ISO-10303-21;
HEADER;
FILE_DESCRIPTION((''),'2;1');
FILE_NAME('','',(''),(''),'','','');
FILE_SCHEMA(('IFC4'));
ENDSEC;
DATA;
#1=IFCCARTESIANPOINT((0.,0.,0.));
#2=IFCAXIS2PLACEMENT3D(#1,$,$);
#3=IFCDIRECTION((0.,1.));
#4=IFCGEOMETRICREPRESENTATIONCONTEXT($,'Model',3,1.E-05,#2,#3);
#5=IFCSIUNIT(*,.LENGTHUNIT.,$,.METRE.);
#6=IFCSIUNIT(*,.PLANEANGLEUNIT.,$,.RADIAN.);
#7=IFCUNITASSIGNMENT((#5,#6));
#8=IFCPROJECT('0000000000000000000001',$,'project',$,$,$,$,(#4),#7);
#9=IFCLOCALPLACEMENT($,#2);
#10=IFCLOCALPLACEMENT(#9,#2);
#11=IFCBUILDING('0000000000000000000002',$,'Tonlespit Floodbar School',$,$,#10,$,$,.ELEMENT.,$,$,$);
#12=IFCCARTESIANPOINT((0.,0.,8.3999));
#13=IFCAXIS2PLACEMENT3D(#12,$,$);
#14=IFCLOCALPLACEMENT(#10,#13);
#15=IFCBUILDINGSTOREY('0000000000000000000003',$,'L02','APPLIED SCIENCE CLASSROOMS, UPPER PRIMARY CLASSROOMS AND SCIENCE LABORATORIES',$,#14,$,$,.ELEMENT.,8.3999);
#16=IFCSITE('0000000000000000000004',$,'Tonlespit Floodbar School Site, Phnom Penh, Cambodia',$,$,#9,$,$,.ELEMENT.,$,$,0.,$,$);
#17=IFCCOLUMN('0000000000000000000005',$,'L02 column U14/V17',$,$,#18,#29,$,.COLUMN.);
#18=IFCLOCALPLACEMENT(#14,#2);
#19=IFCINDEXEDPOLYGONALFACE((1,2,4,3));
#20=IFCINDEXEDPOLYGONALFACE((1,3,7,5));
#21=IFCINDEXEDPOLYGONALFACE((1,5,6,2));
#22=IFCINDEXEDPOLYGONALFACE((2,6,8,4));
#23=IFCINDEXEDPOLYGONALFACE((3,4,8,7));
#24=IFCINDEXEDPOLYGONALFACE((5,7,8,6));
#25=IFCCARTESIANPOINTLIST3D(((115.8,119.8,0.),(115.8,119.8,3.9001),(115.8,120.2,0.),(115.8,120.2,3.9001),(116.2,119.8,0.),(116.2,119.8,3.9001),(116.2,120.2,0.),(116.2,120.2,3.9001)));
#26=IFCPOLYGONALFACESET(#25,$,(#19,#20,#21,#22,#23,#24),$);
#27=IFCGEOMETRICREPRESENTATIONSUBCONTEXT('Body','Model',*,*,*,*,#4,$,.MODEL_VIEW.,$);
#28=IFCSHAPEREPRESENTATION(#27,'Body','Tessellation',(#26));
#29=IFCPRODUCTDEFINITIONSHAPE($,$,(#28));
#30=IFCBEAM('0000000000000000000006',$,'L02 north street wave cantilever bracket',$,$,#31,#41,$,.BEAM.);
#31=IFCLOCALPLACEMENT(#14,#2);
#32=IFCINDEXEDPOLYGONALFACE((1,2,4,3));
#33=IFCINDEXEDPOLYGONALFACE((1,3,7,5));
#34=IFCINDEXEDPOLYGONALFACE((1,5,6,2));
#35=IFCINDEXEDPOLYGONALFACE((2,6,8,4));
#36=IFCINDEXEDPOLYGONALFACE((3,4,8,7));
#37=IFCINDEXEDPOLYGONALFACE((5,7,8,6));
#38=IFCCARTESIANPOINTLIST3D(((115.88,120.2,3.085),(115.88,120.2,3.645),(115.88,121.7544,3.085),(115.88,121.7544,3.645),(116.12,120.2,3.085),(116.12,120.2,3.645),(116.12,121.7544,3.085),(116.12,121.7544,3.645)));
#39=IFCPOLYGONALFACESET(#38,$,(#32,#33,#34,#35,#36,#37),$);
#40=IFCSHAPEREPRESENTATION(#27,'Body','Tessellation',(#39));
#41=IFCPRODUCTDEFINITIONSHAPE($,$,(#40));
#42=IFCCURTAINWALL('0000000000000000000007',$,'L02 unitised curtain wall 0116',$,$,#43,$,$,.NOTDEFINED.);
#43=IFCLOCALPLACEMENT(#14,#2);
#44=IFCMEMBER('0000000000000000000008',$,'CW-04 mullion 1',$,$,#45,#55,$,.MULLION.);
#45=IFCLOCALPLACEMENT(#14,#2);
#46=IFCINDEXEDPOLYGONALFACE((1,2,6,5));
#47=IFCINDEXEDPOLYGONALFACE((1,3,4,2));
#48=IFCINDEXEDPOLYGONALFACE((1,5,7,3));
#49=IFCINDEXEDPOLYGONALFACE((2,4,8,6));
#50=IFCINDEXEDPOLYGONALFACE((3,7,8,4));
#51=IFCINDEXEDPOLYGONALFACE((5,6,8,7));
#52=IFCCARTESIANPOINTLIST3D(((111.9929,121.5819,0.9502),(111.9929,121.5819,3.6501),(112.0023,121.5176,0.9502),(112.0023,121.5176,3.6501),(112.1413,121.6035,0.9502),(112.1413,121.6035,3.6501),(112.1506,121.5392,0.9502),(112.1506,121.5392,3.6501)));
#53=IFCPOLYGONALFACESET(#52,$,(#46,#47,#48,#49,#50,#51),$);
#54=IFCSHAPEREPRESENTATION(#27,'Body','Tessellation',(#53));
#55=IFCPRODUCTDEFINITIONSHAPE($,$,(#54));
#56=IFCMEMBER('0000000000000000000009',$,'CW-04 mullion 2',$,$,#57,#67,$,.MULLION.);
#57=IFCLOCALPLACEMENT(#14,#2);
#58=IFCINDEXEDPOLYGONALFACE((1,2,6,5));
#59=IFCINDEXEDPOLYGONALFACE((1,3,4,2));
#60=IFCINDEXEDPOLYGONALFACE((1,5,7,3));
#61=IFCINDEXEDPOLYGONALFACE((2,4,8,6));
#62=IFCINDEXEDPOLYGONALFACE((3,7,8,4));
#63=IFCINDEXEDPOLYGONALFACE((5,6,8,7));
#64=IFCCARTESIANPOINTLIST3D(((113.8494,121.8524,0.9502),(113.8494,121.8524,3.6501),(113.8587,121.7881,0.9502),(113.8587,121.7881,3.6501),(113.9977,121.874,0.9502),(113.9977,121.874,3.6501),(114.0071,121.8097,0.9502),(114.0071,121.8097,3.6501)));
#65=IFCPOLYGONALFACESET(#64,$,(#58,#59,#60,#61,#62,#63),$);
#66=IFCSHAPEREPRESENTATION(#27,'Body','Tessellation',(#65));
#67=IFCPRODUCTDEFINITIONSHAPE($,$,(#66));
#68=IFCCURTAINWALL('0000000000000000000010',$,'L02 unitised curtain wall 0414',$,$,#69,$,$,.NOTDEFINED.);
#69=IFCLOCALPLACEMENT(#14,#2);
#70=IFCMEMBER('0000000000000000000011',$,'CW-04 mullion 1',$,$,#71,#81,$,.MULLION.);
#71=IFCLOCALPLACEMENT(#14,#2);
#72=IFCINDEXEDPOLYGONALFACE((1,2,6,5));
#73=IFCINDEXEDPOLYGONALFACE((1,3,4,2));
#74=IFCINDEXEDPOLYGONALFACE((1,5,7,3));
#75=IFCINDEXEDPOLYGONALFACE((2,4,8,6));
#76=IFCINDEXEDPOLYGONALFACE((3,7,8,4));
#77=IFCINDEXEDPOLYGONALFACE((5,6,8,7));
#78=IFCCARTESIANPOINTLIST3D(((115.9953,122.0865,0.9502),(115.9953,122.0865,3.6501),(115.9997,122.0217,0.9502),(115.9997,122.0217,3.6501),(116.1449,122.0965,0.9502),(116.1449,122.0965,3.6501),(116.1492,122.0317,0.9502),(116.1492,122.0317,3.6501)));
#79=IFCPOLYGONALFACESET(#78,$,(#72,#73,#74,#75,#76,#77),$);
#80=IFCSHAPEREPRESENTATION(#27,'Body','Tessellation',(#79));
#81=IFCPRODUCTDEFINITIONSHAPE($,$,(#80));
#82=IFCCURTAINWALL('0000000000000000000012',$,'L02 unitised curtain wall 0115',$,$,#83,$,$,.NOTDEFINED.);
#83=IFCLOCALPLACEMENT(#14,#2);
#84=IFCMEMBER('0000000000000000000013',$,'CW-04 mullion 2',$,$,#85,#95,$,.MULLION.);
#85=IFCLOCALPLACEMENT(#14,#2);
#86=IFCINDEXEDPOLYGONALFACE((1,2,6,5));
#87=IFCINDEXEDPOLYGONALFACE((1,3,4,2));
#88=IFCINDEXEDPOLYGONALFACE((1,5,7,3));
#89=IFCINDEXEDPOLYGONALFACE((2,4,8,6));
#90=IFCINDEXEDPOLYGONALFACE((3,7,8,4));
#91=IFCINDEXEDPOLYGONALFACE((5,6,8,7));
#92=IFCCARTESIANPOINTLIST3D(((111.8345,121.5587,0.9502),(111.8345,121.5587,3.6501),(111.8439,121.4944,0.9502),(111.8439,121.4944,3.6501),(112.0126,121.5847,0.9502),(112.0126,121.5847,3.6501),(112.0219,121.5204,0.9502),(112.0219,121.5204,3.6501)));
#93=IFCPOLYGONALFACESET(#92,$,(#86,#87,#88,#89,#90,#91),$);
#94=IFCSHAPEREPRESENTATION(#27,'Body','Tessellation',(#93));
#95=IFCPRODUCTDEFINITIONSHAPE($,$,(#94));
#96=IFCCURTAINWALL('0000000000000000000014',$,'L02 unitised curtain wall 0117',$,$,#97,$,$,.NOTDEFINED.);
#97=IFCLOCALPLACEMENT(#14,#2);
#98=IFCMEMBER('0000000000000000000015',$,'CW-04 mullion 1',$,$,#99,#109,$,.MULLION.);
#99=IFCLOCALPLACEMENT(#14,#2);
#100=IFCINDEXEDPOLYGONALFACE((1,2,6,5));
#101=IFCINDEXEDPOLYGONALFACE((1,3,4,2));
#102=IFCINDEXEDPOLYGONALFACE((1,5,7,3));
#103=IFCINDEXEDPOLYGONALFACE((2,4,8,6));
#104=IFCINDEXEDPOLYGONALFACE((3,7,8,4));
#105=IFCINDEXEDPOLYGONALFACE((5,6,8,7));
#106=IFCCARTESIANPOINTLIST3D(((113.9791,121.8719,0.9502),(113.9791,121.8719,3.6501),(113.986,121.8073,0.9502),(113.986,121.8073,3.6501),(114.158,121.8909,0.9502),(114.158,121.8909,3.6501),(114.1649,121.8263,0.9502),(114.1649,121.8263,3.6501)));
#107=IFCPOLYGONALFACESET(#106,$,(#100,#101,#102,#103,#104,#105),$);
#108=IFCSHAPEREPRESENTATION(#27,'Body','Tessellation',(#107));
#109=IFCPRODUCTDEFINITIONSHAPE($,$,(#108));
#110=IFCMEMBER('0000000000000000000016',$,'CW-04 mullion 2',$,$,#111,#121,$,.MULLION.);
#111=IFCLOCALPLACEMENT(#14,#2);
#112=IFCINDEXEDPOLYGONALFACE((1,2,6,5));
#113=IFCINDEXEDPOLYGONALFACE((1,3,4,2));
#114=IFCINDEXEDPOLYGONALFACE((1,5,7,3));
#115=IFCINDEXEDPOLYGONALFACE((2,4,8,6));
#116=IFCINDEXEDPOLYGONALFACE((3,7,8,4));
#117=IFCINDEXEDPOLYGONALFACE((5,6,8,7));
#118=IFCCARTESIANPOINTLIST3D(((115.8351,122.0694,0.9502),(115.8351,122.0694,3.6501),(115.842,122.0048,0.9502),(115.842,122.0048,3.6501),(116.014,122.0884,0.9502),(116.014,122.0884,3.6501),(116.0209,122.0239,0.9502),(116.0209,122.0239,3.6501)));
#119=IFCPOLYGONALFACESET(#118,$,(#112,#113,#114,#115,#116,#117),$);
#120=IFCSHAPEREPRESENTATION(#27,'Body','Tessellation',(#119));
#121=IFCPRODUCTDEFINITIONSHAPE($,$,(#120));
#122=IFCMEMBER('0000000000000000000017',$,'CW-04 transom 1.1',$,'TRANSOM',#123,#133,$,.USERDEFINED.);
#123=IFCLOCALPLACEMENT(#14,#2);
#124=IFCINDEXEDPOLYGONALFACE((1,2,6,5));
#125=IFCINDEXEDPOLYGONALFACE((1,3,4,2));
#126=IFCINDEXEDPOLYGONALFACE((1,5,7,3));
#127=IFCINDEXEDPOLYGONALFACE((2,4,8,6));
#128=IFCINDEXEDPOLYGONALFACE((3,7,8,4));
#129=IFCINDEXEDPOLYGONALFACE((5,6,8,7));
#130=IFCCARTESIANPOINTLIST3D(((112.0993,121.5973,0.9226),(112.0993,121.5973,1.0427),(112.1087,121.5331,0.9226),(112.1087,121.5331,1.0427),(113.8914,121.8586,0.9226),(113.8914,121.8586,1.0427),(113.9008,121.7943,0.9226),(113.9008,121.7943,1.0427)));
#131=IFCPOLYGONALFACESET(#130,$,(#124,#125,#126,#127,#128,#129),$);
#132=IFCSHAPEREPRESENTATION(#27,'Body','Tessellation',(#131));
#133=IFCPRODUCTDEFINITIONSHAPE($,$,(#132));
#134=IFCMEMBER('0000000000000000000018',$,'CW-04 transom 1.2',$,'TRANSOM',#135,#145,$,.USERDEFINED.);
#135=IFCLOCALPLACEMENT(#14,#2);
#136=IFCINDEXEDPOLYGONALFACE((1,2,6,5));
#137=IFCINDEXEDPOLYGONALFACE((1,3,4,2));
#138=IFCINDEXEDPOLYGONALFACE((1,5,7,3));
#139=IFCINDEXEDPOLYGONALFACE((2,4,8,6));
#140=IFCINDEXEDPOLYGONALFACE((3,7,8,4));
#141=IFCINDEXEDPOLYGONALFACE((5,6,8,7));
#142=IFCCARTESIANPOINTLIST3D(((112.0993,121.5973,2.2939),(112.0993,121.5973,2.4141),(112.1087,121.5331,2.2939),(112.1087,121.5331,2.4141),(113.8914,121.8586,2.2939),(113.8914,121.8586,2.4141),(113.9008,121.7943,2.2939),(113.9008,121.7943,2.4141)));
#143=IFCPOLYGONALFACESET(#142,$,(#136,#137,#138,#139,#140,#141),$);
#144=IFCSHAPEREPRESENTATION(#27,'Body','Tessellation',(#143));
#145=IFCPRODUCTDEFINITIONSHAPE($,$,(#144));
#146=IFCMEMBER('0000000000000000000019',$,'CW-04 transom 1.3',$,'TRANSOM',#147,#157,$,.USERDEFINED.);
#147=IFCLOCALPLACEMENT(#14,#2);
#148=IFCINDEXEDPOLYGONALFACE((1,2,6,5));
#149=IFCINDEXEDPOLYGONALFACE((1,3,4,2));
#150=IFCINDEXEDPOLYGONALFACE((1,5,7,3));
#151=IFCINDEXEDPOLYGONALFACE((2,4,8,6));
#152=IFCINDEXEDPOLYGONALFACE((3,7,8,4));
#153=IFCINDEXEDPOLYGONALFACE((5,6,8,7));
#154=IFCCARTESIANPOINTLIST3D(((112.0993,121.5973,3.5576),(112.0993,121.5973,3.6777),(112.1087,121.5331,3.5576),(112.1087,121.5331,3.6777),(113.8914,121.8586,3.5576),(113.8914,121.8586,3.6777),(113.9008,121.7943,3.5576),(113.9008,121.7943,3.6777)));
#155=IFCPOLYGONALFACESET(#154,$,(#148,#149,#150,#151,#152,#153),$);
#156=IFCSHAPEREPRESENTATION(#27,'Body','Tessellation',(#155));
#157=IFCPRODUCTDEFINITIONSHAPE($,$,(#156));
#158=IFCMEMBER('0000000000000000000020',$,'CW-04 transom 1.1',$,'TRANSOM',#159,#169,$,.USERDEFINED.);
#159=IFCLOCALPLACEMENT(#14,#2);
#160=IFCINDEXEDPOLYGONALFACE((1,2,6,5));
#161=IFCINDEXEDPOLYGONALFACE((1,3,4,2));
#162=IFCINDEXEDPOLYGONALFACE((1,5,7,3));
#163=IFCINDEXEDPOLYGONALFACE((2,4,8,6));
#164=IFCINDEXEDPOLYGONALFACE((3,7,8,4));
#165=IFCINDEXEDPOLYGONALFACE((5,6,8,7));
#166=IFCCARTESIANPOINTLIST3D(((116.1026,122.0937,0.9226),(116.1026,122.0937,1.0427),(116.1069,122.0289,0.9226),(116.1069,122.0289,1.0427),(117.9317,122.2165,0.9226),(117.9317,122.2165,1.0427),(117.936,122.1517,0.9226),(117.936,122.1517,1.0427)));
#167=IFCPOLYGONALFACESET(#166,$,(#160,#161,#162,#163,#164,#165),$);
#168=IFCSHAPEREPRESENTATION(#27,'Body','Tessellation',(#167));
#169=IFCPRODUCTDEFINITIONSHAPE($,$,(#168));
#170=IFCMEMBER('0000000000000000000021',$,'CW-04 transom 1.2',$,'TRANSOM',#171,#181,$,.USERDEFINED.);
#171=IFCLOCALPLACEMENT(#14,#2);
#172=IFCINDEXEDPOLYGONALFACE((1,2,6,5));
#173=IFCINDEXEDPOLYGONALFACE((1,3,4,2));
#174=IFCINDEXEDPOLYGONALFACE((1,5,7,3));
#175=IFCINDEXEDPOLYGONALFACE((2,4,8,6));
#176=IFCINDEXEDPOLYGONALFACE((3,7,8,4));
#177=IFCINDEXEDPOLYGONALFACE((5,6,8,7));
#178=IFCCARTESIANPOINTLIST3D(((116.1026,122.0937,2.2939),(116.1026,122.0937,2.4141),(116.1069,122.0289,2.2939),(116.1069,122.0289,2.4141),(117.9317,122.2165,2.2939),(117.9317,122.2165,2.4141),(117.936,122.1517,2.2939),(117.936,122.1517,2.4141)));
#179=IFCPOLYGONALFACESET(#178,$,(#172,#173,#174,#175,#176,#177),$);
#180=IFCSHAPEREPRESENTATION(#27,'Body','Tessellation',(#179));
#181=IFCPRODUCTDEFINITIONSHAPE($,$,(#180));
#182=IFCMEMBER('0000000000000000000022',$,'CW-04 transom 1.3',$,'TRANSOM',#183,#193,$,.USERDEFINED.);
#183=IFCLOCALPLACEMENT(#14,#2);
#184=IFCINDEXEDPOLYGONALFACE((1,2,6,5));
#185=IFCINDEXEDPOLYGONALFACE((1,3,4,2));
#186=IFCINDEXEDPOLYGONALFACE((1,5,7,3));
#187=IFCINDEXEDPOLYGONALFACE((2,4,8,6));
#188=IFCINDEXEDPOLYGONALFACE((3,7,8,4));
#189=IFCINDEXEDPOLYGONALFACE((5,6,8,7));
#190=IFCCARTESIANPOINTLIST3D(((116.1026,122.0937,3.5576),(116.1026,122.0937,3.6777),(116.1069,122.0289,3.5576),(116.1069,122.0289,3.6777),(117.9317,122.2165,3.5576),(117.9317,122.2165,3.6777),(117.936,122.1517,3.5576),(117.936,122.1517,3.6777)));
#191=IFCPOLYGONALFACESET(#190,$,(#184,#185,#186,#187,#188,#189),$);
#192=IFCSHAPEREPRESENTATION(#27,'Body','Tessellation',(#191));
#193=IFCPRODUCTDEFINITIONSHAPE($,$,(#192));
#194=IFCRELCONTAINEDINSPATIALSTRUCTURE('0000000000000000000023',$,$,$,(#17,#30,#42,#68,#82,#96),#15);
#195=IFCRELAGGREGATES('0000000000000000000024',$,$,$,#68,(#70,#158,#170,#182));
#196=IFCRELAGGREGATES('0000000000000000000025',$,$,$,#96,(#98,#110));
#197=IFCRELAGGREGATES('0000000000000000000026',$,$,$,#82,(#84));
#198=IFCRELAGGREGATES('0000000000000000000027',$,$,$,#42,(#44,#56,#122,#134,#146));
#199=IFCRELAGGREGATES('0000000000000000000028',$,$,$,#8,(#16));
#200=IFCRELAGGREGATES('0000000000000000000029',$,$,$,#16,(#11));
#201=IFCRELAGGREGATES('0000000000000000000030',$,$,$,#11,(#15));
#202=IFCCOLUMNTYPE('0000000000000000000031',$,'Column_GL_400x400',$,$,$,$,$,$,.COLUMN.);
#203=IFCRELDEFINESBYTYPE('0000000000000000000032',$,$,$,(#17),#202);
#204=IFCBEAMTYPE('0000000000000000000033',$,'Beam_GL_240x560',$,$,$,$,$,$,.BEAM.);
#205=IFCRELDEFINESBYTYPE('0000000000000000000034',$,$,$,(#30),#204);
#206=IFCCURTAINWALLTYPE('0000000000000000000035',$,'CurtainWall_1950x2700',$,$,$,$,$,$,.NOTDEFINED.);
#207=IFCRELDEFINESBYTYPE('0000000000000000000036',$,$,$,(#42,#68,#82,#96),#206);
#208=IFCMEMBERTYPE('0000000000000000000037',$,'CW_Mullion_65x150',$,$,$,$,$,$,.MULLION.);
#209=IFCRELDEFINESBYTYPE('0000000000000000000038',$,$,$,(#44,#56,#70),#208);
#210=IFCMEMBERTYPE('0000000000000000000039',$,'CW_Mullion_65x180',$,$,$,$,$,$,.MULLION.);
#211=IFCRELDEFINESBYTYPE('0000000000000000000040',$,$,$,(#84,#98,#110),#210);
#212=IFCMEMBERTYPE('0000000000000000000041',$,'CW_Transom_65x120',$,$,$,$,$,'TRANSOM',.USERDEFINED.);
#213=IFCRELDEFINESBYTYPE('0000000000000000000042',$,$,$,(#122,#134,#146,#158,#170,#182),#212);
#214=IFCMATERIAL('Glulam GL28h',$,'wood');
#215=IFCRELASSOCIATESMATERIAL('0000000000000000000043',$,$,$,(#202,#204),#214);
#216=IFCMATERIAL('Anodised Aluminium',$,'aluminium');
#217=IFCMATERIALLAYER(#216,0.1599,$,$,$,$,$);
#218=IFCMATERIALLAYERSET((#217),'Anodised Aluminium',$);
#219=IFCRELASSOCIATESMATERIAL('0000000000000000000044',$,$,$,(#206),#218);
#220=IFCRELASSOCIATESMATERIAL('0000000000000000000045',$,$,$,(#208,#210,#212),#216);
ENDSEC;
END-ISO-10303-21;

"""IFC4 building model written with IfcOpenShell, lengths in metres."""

from ifc_helpers import new_model, si_unit, direction, frame, origin, origin_2d, place, context, subcontext, project, spatial, rectangle, extrude, material, layer, layer_set, material_profile, profile_set, type_object, element, aggregate, save


model = new_model("IFC4")

# Units and contexts
model_context = context("Model", 3, precision=1e-05, world=origin(), true_north=direction((0.0, 1.0)))
body_context = subcontext(model_context, "Body", "Model", "MODEL_VIEW")
ifc_project = project(units=[si_unit("LENGTHUNIT", "METRE"), si_unit("PLANEANGLEUNIT", "RADIAN")], contexts=[model_context])

# Site, building, storey
site_placement = place(None, origin())
site = spatial("IfcSite", under=ifc_project, at=site_placement, Name="Tonlespit Floodbar School Site, Phnom Penh, Cambodia", CompositionType="ELEMENT", RefElevation=0.0)
building_placement = place(site_placement, origin())
building = spatial("IfcBuilding", under=site, at=building_placement, Name="Tonlespit Floodbar School", CompositionType="ELEMENT")
storey_placement = place(building_placement, frame((0.0, 0.0, 8.3999)))
storey = spatial("IfcBuildingStorey", under=building, at=storey_placement, Name="L02", Description="APPLIED SCIENCE CLASSROOMS, UPPER PRIMARY CLASSROOMS AND SCIENCE LABORATORIES", CompositionType="ELEMENT", Elevation=8.3999)

# Column
ifc_material_1 = material(Name="Glulam GL28h", Category="wood")
ifc_material_profile_1 = material_profile(ifc_material_1, rectangle(XDim=0.3999, YDim=0.3999, at=origin_2d()), Name="GL 400x400")
ifc_profile_set_1 = profile_set([ifc_material_profile_1], Name="Glulam GL28h")
column_type = type_object("IfcColumnType", Name="Column_GL_400x400", PredefinedType="COLUMN", material=ifc_profile_set_1)
column_placement = place(storey_placement, frame((116.0, 120.0, 0.0), z_axis=(0.0, 0.0, 1.0), x_axis=(1.0, 0.0, 0.0)))
element("IfcColumn", 1, at=column_placement, inside=storey, type_object=column_type, Name="L02 column U14/V17", PredefinedType="COLUMN", context=body_context, shape_type="SweptSolid", body=[
    extrude(rectangle(XDim=0.3999, YDim=0.3999, at=origin_2d()), origin(), (0.0, 0.0, 1.0), 3.9001),
])

# Beam
ifc_material_profile_2 = material_profile(ifc_material_1, rectangle(XDim=0.24, YDim=0.5601, at=origin_2d()), Name="GL 240x560")
ifc_profile_set_2 = profile_set([ifc_material_profile_2], Name="Glulam GL28h")
beam_type_1 = type_object("IfcBeamType", Name="Beam_GL_240x560", PredefinedType="BEAM", material=ifc_profile_set_2)
beam_1_placement = place(storey_placement, frame((116.0, 120.2, 3.365), z_axis=(0.0, 1.0, 0.0), x_axis=(-1.0, 0.0, 0.0)))
element("IfcBeam", 2, at=beam_1_placement, inside=storey, type_object=beam_type_1, Name="L02 north street wave cantilever bracket", PredefinedType="BEAM", context=body_context, shape_type="SweptSolid", body=[
    extrude(rectangle(XDim=0.24, YDim=0.5601, at=origin_2d()), origin(), (0.0, 0.0, 1.0), 1.5544),
])

# Curtain wall, members
ifc_material_2 = material(Name="Anodised Aluminium", Category="aluminium")
ifc_layer_1 = layer(ifc_material_2, 0.1599)
ifc_layer_set_1 = layer_set([ifc_layer_1], Name="Anodised Aluminium")
curtain_wall_type = type_object("IfcCurtainWallType", Name="CurtainWall_1950x2700", PredefinedType="NOTDEFINED", material=ifc_layer_set_1)
curtain_wall_1_placement = place(storey_placement, origin())
curtain_wall_1 = element("IfcCurtainWall", 3, at=curtain_wall_1_placement, inside=storey, type_object=curtain_wall_type, Name="L02 unitised curtain wall 0116", PredefinedType="NOTDEFINED")
ifc_material_profile_3 = material_profile(ifc_material_2, rectangle(XDim=0.0649, YDim=0.1499, at=origin_2d()), Name="ALU M65x150")
ifc_profile_set_3 = profile_set([ifc_material_profile_3], Name="Anodised Aluminium")
member_type_1 = type_object("IfcMemberType", Name="CW_Mullion_65x150", PredefinedType="MULLION", material=ifc_profile_set_3)
member_1_placement = place(storey_placement, frame((112.0718, 121.5605, 0.9502), z_axis=(0.0, 0.0, 1.0), x_axis=(-0.144248, 0.989542, 0.0)))
member_1 = element("IfcMember", 4, at=member_1_placement, type_object=member_type_1, Name="CW-04 mullion 1", PredefinedType="MULLION", context=body_context, shape_type="SweptSolid", body=[
    extrude(rectangle(XDim=0.0649, YDim=0.1499, at=origin_2d()), origin(), (0.0, 0.0, 1.0), 2.7),
])
member_2_placement = place(storey_placement, frame((113.9282, 121.8311, 0.9502), z_axis=(0.0, 0.0, 1.0), x_axis=(-0.144248, 0.989542, 0.0)))
member_2 = element("IfcMember", 5, at=member_2_placement, type_object=member_type_1, Name="CW-04 mullion 2", PredefinedType="MULLION", context=body_context, shape_type="SweptSolid", body=[
    extrude(rectangle(XDim=0.0649, YDim=0.1499, at=origin_2d()), origin(), (0.0, 0.0, 1.0), 2.7),
])

# Curtain walls, members
curtain_wall_2_placement = place(storey_placement, origin())
curtain_wall_2 = element("IfcCurtainWall", 6, at=curtain_wall_2_placement, inside=storey, type_object=curtain_wall_type, Name="L02 unitised curtain wall 0414", PredefinedType="NOTDEFINED")
member_3_placement = place(storey_placement, frame((116.0723, 122.0591, 0.9502), z_axis=(0.0, 0.0, 1.0), x_axis=(-0.066935, 0.997757, 0.0)))
member_3 = element("IfcMember", 7, at=member_3_placement, type_object=member_type_1, Name="CW-04 mullion 1", PredefinedType="MULLION", context=body_context, shape_type="SweptSolid", body=[
    extrude(rectangle(XDim=0.0649, YDim=0.1499, at=origin_2d()), origin(), (0.0, 0.0, 1.0), 2.7),
])
curtain_wall_3_placement = place(storey_placement, origin())
curtain_wall_3 = element("IfcCurtainWall", 8, at=curtain_wall_3_placement, inside=storey, type_object=curtain_wall_type, Name="L02 unitised curtain wall 0115", PredefinedType="NOTDEFINED")
ifc_material_profile_4 = material_profile(ifc_material_2, rectangle(XDim=0.0649, YDim=0.1799, at=origin_2d()), Name="ALU M65x180")
ifc_profile_set_4 = profile_set([ifc_material_profile_4], Name="Anodised Aluminium")
member_type_2 = type_object("IfcMemberType", Name="CW_Mullion_65x180", PredefinedType="MULLION", material=ifc_profile_set_4)
member_4_placement = place(storey_placement, frame((111.9282, 121.5396, 0.9502), z_axis=(0.0, 0.0, 1.0), x_axis=(-0.144248, 0.989542, 0.0)))
member_4 = element("IfcMember", 9, at=member_4_placement, type_object=member_type_2, Name="CW-04 mullion 2", PredefinedType="MULLION", context=body_context, shape_type="SweptSolid", body=[
    extrude(rectangle(XDim=0.0649, YDim=0.1799, at=origin_2d()), origin(), (0.0, 0.0, 1.0), 2.7),
])

# Curtain wall, members
curtain_wall_4_placement = place(storey_placement, origin())
curtain_wall_4 = element("IfcCurtainWall", 10, at=curtain_wall_4_placement, inside=storey, type_object=curtain_wall_type, Name="L02 unitised curtain wall 0117", PredefinedType="NOTDEFINED")
member_5_placement = place(storey_placement, frame((114.072, 121.8491, 0.9502), z_axis=(0.0, 0.0, 1.0), x_axis=(-0.105787, 0.994389, 0.0)))
member_5 = element("IfcMember", 11, at=member_5_placement, type_object=member_type_2, Name="CW-04 mullion 1", PredefinedType="MULLION", context=body_context, shape_type="SweptSolid", body=[
    extrude(rectangle(XDim=0.0649, YDim=0.1799, at=origin_2d()), origin(), (0.0, 0.0, 1.0), 2.7),
])
member_6_placement = place(storey_placement, frame((115.928, 122.0466, 0.9502), z_axis=(0.0, 0.0, 1.0), x_axis=(-0.105787, 0.994389, 0.0)))
member_6 = element("IfcMember", 12, at=member_6_placement, type_object=member_type_2, Name="CW-04 mullion 2", PredefinedType="MULLION", context=body_context, shape_type="SweptSolid", body=[
    extrude(rectangle(XDim=0.0649, YDim=0.1799, at=origin_2d()), origin(), (0.0, 0.0, 1.0), 2.7),
])

# Members
ifc_material_profile_5 = material_profile(ifc_material_2, rectangle(XDim=0.0649, YDim=0.1201, at=origin_2d()), Name="ALU T65x120")
ifc_profile_set_5 = profile_set([ifc_material_profile_5], Name="Anodised Aluminium")
member_type_3 = type_object("IfcMemberType", Name="CW_Transom_65x120", ElementType="TRANSOM", PredefinedType="USERDEFINED", material=ifc_profile_set_5)
member_7_placement = place(storey_placement, frame((112.104, 121.5652, 0.9827), z_axis=(0.989541, 0.144252, 0.0), x_axis=(-0.144252, 0.989541, 0.0)))
member_7 = element("IfcMember", 13, at=member_7_placement, type_object=member_type_3, Name="CW-04 transom 1.1", ObjectType="TRANSOM", PredefinedType="USERDEFINED", context=body_context, shape_type="SweptSolid", body=[
    extrude(rectangle(XDim=0.0649, YDim=0.1201, at=origin_2d()), origin(), (0.0, 0.0, 1.0), 1.811),
])
member_8_placement = place(storey_placement, frame((112.104, 121.5652, 2.354), z_axis=(0.989541, 0.144252, 0.0), x_axis=(-0.144252, 0.989541, 0.0)))
member_8 = element("IfcMember", 14, at=member_8_placement, type_object=member_type_3, Name="CW-04 transom 1.2", ObjectType="TRANSOM", PredefinedType="USERDEFINED", context=body_context, shape_type="SweptSolid", body=[
    extrude(rectangle(XDim=0.0649, YDim=0.1201, at=origin_2d()), origin(), (0.0, 0.0, 1.0), 1.811),
])
member_9_placement = place(storey_placement, frame((112.104, 121.5652, 3.6177), z_axis=(0.989541, 0.144252, 0.0), x_axis=(-0.144252, 0.989541, 0.0)))
member_9 = element("IfcMember", 15, at=member_9_placement, type_object=member_type_3, Name="CW-04 transom 1.3", ObjectType="TRANSOM", PredefinedType="USERDEFINED", context=body_context, shape_type="SweptSolid", body=[
    extrude(rectangle(XDim=0.0649, YDim=0.1201, at=origin_2d()), origin(), (0.0, 0.0, 1.0), 1.811),
])
member_10_placement = place(storey_placement, frame((116.1047, 122.0613, 0.9827), z_axis=(0.997754, 0.066987, 0.0), x_axis=(-0.066987, 0.997754, 0.0)))
member_10 = element("IfcMember", 16, at=member_10_placement, type_object=member_type_3, Name="CW-04 transom 1.1", ObjectType="TRANSOM", PredefinedType="USERDEFINED", context=body_context, shape_type="SweptSolid", body=[
    extrude(rectangle(XDim=0.0649, YDim=0.1201, at=origin_2d()), origin(), (0.0, 0.0, 1.0), 1.8333),
])
member_11_placement = place(storey_placement, frame((116.1047, 122.0613, 2.354), z_axis=(0.997754, 0.066987, 0.0), x_axis=(-0.066987, 0.997754, 0.0)))
member_11 = element("IfcMember", 17, at=member_11_placement, type_object=member_type_3, Name="CW-04 transom 1.2", ObjectType="TRANSOM", PredefinedType="USERDEFINED", context=body_context, shape_type="SweptSolid", body=[
    extrude(rectangle(XDim=0.0649, YDim=0.1201, at=origin_2d()), origin(), (0.0, 0.0, 1.0), 1.8333),
])
member_12_placement = place(storey_placement, frame((116.1047, 122.0613, 3.6177), z_axis=(0.997754, 0.066987, 0.0), x_axis=(-0.066987, 0.997754, 0.0)))
member_12 = element("IfcMember", 18, at=member_12_placement, type_object=member_type_3, Name="CW-04 transom 1.3", ObjectType="TRANSOM", PredefinedType="USERDEFINED", context=body_context, shape_type="SweptSolid", body=[
    extrude(rectangle(XDim=0.0649, YDim=0.1201, at=origin_2d()), origin(), (0.0, 0.0, 1.0), 1.8333),
])
aggregate(curtain_wall_2, [member_3, member_10, member_11, member_12])

aggregate(curtain_wall_4, [member_5, member_6])
aggregate(curtain_wall_3, [member_4])
aggregate(curtain_wall_1, [member_1, member_2, member_7, member_8, member_9])

save(model, "model.ifc")
